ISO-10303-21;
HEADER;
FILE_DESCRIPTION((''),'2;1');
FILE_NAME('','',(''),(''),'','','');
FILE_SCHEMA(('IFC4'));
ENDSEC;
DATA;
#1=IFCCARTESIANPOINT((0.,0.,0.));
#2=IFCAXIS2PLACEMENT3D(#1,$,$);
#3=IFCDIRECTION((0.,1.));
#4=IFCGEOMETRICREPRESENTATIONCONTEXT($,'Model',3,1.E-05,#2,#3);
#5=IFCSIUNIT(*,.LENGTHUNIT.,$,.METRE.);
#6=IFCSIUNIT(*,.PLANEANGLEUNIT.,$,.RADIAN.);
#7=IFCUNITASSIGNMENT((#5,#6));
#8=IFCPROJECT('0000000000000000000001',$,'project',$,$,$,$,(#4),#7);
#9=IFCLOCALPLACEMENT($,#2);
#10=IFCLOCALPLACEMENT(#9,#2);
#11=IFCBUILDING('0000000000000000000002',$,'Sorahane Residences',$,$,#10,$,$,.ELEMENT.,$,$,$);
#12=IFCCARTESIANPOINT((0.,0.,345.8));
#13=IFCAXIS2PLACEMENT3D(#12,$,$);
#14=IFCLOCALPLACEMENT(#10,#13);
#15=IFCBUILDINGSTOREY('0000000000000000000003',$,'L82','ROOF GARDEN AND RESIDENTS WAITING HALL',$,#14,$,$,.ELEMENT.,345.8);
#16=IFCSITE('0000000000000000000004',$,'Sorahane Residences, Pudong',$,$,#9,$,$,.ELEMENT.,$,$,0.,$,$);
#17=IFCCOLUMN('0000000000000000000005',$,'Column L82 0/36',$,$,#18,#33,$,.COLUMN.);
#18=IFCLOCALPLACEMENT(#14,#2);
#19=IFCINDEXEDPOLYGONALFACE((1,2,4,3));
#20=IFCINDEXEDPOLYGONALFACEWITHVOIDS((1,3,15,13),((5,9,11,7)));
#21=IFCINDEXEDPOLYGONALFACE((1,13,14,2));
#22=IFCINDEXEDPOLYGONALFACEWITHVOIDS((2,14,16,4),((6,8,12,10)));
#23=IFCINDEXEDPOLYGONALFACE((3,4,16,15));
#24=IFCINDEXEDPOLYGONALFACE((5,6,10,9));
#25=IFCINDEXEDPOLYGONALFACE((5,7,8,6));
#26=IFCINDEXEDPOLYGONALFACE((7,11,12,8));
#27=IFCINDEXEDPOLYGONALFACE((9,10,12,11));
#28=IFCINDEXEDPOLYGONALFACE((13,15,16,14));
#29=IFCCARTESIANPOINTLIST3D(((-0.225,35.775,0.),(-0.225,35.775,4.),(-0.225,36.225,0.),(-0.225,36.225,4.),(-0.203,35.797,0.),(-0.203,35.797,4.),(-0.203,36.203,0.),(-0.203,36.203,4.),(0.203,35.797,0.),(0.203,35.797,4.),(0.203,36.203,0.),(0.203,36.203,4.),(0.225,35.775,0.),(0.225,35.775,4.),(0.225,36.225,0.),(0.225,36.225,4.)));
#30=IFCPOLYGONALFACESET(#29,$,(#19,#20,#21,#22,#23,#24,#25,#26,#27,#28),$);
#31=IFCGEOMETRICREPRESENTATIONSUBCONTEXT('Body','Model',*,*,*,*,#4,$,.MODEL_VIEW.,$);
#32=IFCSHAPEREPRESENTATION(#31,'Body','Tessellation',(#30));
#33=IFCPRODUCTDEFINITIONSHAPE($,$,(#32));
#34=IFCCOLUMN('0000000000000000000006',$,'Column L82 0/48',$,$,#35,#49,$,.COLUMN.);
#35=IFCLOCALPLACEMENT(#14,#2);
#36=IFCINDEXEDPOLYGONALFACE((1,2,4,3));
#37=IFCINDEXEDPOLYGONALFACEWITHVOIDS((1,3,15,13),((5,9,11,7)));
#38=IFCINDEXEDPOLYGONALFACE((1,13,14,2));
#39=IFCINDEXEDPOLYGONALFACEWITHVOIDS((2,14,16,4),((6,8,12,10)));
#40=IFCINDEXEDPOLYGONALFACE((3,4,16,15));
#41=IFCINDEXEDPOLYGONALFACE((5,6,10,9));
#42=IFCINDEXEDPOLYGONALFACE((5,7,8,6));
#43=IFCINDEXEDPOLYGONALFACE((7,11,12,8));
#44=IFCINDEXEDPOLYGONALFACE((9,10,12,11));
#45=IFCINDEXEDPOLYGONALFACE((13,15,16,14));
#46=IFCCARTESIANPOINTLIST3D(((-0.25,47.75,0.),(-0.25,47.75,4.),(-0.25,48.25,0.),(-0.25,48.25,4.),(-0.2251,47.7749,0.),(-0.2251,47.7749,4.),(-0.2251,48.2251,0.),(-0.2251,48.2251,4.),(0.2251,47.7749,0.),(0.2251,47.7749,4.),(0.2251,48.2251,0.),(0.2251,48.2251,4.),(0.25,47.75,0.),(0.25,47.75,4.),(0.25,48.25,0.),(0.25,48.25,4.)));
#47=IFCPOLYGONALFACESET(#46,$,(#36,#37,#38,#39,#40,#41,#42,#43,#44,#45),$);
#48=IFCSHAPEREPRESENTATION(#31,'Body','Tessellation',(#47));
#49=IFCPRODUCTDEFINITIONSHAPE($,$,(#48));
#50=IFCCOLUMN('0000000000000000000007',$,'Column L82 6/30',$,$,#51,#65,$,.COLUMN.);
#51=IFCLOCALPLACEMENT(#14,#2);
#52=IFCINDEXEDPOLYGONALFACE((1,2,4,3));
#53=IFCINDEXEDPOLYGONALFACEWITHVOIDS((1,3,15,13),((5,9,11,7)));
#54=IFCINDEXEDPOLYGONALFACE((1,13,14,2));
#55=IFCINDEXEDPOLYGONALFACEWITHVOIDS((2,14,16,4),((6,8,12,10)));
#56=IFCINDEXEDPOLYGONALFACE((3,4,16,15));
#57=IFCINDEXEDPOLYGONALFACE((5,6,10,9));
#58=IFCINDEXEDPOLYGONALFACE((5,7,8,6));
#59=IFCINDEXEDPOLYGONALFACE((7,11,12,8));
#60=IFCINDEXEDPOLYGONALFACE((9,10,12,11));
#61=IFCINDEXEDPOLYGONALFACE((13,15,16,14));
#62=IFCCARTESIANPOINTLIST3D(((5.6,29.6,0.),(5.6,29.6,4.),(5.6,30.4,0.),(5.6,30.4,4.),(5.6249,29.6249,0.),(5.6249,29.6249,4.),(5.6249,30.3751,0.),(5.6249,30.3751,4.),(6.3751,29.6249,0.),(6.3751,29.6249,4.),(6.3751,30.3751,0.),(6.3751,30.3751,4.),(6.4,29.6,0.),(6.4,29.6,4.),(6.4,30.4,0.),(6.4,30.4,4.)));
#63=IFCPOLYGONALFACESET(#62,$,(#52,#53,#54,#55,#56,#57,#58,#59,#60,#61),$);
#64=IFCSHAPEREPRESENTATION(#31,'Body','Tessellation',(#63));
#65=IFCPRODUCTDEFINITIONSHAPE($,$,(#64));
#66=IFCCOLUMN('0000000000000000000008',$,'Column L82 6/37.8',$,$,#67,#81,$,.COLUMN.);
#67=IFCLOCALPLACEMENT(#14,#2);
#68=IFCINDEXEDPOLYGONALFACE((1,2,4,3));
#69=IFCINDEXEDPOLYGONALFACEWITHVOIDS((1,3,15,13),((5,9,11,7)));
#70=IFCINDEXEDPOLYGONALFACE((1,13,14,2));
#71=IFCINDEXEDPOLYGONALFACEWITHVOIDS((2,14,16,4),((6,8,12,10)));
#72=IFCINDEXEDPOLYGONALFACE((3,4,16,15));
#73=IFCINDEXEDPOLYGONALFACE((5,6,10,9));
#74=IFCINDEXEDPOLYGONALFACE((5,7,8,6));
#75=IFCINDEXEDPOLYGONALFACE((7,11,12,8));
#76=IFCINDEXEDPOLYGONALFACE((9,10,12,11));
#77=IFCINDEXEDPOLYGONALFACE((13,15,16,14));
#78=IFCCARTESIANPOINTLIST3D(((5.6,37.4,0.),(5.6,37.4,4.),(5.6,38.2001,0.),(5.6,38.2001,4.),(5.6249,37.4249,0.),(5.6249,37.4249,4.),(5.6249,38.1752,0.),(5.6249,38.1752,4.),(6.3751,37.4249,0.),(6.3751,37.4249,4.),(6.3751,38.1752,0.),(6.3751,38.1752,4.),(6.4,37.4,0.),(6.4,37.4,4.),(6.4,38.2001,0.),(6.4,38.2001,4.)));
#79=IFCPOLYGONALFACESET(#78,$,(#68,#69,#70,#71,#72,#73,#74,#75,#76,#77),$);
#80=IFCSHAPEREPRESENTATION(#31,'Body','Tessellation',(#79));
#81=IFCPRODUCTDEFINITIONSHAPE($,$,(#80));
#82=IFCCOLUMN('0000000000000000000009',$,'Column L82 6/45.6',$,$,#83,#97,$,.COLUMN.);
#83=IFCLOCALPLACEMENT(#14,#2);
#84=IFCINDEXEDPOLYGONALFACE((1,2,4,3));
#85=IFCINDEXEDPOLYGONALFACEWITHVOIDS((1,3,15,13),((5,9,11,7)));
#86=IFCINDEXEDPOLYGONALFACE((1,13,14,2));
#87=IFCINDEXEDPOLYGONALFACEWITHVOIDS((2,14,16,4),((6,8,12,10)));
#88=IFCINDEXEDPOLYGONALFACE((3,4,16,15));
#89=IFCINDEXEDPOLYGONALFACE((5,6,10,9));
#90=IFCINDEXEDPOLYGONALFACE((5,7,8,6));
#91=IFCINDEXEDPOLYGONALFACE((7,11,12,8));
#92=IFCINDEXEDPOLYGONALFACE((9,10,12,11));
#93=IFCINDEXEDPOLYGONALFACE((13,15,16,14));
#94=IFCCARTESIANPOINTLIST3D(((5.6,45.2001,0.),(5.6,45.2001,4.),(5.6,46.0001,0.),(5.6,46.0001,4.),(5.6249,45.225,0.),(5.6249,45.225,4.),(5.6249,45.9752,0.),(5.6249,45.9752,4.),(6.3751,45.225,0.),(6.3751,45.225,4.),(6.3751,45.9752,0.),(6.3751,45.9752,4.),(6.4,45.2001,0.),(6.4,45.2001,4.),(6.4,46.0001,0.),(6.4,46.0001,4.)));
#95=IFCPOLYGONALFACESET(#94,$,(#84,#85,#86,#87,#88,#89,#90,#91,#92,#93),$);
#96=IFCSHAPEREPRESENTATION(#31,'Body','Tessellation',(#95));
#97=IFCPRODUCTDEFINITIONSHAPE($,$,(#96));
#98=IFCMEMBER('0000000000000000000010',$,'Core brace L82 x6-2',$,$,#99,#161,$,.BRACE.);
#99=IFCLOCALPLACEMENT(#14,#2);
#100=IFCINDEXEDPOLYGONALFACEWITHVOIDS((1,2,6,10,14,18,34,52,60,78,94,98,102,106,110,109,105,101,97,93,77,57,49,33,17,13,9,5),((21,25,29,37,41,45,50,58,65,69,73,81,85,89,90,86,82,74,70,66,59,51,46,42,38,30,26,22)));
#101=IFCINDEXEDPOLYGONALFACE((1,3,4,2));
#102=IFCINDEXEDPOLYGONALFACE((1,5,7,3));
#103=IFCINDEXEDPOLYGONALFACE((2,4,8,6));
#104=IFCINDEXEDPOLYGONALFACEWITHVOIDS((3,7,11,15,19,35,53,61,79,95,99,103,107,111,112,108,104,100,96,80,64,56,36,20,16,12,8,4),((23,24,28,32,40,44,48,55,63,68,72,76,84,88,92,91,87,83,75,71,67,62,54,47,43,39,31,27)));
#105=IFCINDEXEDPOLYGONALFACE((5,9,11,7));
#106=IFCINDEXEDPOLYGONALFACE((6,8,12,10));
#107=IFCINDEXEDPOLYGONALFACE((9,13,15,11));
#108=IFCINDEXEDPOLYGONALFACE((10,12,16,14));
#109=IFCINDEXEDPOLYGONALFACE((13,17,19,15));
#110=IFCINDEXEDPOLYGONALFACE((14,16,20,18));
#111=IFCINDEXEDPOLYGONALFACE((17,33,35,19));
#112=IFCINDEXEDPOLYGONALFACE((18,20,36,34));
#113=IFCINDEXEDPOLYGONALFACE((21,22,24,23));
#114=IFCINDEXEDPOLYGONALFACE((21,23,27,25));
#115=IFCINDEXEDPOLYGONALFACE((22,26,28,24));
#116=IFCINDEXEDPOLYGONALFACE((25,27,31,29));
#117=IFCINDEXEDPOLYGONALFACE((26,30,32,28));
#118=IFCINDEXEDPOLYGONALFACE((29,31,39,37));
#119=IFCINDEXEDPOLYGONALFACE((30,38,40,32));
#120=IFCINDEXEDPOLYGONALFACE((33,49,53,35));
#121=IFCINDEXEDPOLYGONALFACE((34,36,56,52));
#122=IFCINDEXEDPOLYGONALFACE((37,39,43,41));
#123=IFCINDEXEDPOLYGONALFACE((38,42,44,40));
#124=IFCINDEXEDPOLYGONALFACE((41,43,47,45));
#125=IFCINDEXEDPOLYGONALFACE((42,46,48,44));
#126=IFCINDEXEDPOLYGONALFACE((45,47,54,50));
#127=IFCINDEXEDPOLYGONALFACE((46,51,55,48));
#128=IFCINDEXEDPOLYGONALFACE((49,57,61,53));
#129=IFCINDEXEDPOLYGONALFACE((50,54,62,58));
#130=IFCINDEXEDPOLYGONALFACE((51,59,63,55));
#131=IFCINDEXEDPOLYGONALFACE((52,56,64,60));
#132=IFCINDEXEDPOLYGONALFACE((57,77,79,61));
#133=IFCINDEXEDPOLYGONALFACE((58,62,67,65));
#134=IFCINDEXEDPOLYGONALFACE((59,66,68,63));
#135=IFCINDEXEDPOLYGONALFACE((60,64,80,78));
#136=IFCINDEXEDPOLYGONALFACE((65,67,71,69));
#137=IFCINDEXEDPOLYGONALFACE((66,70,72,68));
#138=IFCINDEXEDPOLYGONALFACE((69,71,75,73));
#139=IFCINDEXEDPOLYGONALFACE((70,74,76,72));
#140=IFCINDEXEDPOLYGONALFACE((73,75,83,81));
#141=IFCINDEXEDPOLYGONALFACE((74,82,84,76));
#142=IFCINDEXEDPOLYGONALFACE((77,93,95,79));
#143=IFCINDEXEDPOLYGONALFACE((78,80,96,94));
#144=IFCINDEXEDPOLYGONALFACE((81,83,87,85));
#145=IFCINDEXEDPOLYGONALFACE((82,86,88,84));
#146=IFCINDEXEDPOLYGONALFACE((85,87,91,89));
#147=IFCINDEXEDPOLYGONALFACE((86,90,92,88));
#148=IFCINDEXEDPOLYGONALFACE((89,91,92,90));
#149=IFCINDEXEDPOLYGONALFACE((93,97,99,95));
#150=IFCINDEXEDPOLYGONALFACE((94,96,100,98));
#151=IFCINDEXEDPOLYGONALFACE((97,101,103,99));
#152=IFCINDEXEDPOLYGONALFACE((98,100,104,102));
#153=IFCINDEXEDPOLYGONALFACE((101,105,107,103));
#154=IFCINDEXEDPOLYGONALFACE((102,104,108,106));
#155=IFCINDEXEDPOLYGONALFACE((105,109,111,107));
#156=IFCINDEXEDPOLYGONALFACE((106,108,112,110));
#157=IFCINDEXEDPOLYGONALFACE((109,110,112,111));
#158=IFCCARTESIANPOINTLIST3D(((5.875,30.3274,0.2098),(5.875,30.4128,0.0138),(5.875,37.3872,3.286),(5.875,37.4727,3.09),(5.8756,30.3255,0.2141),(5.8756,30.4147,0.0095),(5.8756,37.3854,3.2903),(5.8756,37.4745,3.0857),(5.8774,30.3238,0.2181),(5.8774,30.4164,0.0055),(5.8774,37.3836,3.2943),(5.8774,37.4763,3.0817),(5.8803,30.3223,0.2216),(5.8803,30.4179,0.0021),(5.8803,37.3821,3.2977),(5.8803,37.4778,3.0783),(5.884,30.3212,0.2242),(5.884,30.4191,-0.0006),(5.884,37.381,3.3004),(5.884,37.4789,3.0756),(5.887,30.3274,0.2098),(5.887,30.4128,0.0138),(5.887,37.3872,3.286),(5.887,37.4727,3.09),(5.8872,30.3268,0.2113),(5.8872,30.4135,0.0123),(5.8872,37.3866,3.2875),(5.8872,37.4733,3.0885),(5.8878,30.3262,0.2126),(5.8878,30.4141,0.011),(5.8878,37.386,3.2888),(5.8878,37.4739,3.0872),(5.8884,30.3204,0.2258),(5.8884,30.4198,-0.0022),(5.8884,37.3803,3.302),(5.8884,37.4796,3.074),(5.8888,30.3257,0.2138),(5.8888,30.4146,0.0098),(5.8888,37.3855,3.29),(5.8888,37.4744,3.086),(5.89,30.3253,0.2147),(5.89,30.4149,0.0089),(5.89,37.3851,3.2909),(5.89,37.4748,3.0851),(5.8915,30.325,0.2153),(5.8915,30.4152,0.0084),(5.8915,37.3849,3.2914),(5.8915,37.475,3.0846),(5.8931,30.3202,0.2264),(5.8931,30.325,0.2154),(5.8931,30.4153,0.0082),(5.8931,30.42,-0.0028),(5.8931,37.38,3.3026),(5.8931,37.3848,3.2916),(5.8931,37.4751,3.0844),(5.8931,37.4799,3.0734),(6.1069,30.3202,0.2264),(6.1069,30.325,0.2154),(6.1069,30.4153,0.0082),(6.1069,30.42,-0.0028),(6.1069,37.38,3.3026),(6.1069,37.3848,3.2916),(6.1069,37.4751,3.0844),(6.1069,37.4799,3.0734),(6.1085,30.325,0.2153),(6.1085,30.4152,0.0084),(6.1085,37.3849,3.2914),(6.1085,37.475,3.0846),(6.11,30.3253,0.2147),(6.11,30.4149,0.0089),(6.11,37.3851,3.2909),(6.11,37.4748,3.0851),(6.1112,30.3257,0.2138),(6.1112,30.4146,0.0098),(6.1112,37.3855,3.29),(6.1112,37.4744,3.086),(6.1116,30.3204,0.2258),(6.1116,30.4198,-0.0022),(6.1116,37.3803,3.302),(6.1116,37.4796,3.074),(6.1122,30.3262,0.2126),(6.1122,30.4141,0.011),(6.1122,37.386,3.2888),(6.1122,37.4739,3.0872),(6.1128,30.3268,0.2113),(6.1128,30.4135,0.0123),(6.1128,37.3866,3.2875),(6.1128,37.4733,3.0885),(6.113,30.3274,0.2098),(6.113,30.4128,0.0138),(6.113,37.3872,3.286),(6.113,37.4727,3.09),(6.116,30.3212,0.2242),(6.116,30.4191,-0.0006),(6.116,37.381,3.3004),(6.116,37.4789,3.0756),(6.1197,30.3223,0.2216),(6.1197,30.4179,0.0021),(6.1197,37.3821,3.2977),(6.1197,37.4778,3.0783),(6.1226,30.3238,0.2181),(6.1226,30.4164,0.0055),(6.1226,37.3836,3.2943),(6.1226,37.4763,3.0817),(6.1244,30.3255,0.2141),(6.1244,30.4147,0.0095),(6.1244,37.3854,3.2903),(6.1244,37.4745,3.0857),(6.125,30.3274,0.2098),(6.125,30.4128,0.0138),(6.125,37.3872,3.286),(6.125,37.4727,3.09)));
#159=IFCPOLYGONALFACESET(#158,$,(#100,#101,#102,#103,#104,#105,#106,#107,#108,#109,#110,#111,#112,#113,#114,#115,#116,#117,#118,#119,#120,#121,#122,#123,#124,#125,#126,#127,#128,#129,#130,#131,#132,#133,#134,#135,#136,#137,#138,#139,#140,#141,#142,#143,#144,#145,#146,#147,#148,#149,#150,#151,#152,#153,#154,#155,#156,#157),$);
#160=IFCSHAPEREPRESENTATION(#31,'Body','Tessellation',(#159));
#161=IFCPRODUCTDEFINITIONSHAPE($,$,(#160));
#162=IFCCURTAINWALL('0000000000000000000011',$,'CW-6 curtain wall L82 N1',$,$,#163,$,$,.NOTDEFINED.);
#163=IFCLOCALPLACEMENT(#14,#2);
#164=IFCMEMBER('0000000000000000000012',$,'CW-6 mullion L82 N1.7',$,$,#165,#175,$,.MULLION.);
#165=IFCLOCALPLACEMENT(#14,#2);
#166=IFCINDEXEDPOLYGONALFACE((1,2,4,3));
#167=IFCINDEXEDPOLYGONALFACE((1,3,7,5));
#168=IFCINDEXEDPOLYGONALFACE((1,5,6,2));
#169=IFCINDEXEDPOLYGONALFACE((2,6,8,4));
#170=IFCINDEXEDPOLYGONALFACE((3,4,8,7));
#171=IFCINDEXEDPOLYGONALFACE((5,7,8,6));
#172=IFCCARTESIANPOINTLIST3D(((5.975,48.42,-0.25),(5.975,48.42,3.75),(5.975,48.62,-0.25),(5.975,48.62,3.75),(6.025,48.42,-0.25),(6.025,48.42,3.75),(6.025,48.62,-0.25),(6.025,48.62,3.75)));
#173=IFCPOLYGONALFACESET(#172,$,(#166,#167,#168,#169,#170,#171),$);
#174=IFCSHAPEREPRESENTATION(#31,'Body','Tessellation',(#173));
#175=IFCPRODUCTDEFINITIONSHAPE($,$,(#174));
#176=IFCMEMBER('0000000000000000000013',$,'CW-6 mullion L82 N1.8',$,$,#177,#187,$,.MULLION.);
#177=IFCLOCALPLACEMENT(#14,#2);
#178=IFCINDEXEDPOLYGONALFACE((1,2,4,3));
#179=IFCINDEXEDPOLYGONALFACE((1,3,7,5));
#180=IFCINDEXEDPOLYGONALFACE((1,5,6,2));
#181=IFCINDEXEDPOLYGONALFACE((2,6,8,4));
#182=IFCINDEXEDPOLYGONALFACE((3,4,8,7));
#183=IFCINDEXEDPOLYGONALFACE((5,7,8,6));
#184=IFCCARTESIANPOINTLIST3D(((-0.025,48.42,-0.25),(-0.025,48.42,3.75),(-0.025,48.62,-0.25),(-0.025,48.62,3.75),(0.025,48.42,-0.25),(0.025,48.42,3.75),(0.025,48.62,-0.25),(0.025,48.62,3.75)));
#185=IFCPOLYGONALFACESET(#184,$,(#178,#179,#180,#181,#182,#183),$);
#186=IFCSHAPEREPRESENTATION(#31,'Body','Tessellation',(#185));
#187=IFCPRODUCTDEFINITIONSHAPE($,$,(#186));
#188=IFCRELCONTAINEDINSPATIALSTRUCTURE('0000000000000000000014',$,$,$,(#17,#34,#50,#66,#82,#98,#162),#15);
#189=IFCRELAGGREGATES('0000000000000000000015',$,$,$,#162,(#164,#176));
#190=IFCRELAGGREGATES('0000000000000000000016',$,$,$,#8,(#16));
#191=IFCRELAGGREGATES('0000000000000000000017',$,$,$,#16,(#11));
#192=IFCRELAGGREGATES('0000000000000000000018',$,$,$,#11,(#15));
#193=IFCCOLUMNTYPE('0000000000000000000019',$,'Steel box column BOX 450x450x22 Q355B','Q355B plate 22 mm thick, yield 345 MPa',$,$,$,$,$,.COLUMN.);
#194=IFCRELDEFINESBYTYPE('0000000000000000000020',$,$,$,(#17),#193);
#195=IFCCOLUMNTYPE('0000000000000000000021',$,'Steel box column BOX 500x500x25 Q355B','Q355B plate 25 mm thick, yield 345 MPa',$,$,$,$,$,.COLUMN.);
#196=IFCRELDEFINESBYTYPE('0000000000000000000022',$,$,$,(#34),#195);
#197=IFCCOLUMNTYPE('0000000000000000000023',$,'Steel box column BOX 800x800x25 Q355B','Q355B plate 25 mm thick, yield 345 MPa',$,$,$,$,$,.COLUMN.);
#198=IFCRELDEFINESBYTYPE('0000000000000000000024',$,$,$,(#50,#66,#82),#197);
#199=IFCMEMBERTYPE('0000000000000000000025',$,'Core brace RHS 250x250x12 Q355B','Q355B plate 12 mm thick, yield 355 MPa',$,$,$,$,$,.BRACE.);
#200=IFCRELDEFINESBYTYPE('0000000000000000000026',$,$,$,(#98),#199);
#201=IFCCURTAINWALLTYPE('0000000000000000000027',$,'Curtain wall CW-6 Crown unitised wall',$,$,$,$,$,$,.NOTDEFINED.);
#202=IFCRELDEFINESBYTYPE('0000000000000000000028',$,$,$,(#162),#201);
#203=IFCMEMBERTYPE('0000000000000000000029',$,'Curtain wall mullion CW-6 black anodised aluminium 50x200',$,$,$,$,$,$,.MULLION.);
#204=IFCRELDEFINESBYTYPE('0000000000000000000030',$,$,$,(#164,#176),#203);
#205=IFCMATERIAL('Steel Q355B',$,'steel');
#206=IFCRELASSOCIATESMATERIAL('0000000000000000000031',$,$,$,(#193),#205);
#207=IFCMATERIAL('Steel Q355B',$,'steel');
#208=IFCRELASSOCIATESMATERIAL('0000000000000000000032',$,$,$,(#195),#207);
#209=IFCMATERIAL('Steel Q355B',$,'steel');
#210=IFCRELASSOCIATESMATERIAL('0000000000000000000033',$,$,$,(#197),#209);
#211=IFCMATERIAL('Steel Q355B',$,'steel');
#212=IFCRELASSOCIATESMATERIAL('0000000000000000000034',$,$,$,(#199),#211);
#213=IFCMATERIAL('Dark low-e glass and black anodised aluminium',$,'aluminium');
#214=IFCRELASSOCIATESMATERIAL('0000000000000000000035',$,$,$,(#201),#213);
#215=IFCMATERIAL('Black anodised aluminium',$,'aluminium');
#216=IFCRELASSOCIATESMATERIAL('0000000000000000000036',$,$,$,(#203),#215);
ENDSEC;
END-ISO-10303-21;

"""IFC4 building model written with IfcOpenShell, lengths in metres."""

from ifc_helpers import new_model, si_unit, direction, frame, origin, origin_2d, place, context, subcontext, project, spatial, rectangle, hollow_rectangle, extrude, material, material_profile, profile_set, type_object, element, aggregate, save


model = new_model("IFC4")

# Units and contexts
model_context = context("Model", 3, precision=1e-05, world=origin(), true_north=direction((0.0, 1.0)))
body_context = subcontext(model_context, "Body", "Model", "MODEL_VIEW")
ifc_project = project(units=[si_unit("LENGTHUNIT", "METRE"), si_unit("PLANEANGLEUNIT", "RADIAN")], contexts=[model_context])

# Site, building, storey
site_placement = place(None, origin())
site = spatial("IfcSite", under=ifc_project, at=site_placement, Name="Sorahane Residences, Pudong", CompositionType="ELEMENT", RefElevation=0.0)
building_placement = place(site_placement, origin())
building = spatial("IfcBuilding", under=site, at=building_placement, Name="Sorahane Residences", CompositionType="ELEMENT")
storey_placement = place(building_placement, frame((0.0, 0.0, 345.8)))
storey = spatial("IfcBuildingStorey", under=building, at=storey_placement, Name="L82", Description="ROOF GARDEN AND RESIDENTS WAITING HALL", CompositionType="ELEMENT", Elevation=345.8)

# Columns
ifc_material_1 = material(Name="Steel Q355B", Category="steel")
ifc_material_profile_1 = material_profile(ifc_material_1, hollow_rectangle(XDim=0.45, YDim=0.45, WallThickness=0.022, at=origin_2d()), Name="BOX 450x450x22")
ifc_profile_set_1 = profile_set([ifc_material_profile_1], Name="Steel Q355B")
column_type_1 = type_object("IfcColumnType", Name="Steel box column BOX 450x450x22 Q355B", Description="Q355B plate 22 mm thick, yield 345 MPa", PredefinedType="COLUMN", material=ifc_profile_set_1)
column_1_placement = place(storey_placement, frame((0.0, 36.0, 0.0), z_axis=(0.0, 0.0, 1.0), x_axis=(1.0, 0.0, 0.0)))
element("IfcColumn", 1, at=column_1_placement, inside=storey, type_object=column_type_1, Name="Column L82 0/36", PredefinedType="COLUMN", context=body_context, shape_type="SweptSolid", body=[
    extrude(hollow_rectangle(XDim=0.45, YDim=0.45, WallThickness=0.022, at=origin_2d()), origin(), (0.0, 0.0, 1.0), 4.0),
])
ifc_material_2 = material(Name="Steel Q355B", Category="steel")
ifc_material_profile_2 = material_profile(ifc_material_2, hollow_rectangle(XDim=0.5, YDim=0.5, WallThickness=0.0249, at=origin_2d()), Name="BOX 500x500x25")
ifc_profile_set_2 = profile_set([ifc_material_profile_2], Name="Steel Q355B")
column_type_2 = type_object("IfcColumnType", Name="Steel box column BOX 500x500x25 Q355B", Description="Q355B plate 25 mm thick, yield 345 MPa", PredefinedType="COLUMN", material=ifc_profile_set_2)
column_2_placement = place(storey_placement, frame((0.0, 48.0, 0.0), z_axis=(0.0, 0.0, 1.0), x_axis=(1.0, 0.0, 0.0)))
element("IfcColumn", 2, at=column_2_placement, inside=storey, type_object=column_type_2, Name="Column L82 0/48", PredefinedType="COLUMN", context=body_context, shape_type="SweptSolid", body=[
    extrude(hollow_rectangle(XDim=0.5, YDim=0.5, WallThickness=0.0249, at=origin_2d()), origin(), (0.0, 0.0, 1.0), 4.0),
])
ifc_material_3 = material(Name="Steel Q355B", Category="steel")
ifc_material_profile_3 = material_profile(ifc_material_3, hollow_rectangle(XDim=0.8, YDim=0.8, WallThickness=0.0249, at=origin_2d()), Name="BOX 800x800x25")
ifc_profile_set_3 = profile_set([ifc_material_profile_3], Name="Steel Q355B")
column_type_3 = type_object("IfcColumnType", Name="Steel box column BOX 800x800x25 Q355B", Description="Q355B plate 25 mm thick, yield 345 MPa", PredefinedType="COLUMN", material=ifc_profile_set_3)
for number, where, z_axis, x_axis, name in (
    (3, (6.0, 30.0, 0.0), (0.0, 0.0, 1.0), (1.0, 0.0, 0.0), "Column L82 6/30"),
    (4, (6.0, 37.8, 0.0), (0.0, 0.0, 1.0), (1.0, 0.0, 0.0), "Column L82 6/37.8"),
    (5, (6.0, 45.6001, 0.0), (0.0, 0.0, 1.0), (1.0, 0.0, 0.0), "Column L82 6/45.6"),
):
    element("IfcColumn", number, at=place(storey_placement, frame(where, z_axis=z_axis, x_axis=x_axis)), inside=storey, type_object=column_type_3, Name=name, PredefinedType="COLUMN", context=body_context, shape_type="SweptSolid", body=[
        extrude(hollow_rectangle(XDim=0.8, YDim=0.8, WallThickness=0.0249, at=origin_2d()), origin(), (0.0, 0.0, 1.0), 4.0),
    ])

# Member
ifc_material_4 = material(Name="Steel Q355B", Category="steel")
ifc_material_profile_4 = material_profile(ifc_material_4, hollow_rectangle(XDim=0.25, YDim=0.25, WallThickness=0.012, InnerFilletRadius=0.0061, OuterFilletRadius=0.0181, at=origin_2d()), Name="RHS 250x250x12")
ifc_profile_set_4 = profile_set([ifc_material_profile_4], Name="Steel Q355B")
member_type_1 = type_object("IfcMemberType", Name="Core brace RHS 250x250x12 Q355B", Description="Q355B plate 12 mm thick, yield 355 MPa", PredefinedType="BRACE", material=ifc_profile_set_4)
member_1_placement = place(storey_placement, frame((6.0, 30.3701, 0.1118), z_axis=(0.0, 0.916752, 0.399456), x_axis=(-1.0, 0.0, 0.0)))
element("IfcMember", 6, at=member_1_placement, inside=storey, type_object=member_type_1, Name="Core brace L82 x6-2", PredefinedType="BRACE", context=body_context, shape_type="SweptSolid", body=[
    extrude(hollow_rectangle(XDim=0.25, YDim=0.25, WallThickness=0.012, InnerFilletRadius=0.0061, OuterFilletRadius=0.0181, at=origin_2d()), origin(), (0.0, 0.0, 1.0), 7.7009),
])

# Curtain wall, members
ifc_material_5 = material(Name="Dark low-e glass and black anodised aluminium", Category="aluminium")
curtain_wall_type = type_object("IfcCurtainWallType", Name="Curtain wall CW-6 Crown unitised wall", PredefinedType="NOTDEFINED", material=ifc_material_5)
curtain_wall_1_placement = place(storey_placement, origin())
curtain_wall_1 = element("IfcCurtainWall", 7, at=curtain_wall_1_placement, inside=storey, type_object=curtain_wall_type, Name="CW-6 curtain wall L82 N1", PredefinedType="NOTDEFINED")
ifc_material_6 = material(Name="Black anodised aluminium", Category="aluminium")
ifc_material_profile_5 = material_profile(ifc_material_6, rectangle(XDim=0.2, YDim=0.05, at=origin_2d()), Name="Curtain wall mullion CW-6 black anodised aluminium 50x200")
ifc_profile_set_5 = profile_set([ifc_material_profile_5], Name="Black anodised aluminium")
member_type_2 = type_object("IfcMemberType", Name="Curtain wall mullion CW-6 black anodised aluminium 50x200", PredefinedType="MULLION", material=ifc_profile_set_5)
member_2_placement = place(storey_placement, frame((6.0, 48.52, -0.25), z_axis=(0.0, 0.0, 1.0), x_axis=(0.0, 1.0, 0.0)))
member_2 = element("IfcMember", 8, at=member_2_placement, type_object=member_type_2, Name="CW-6 mullion L82 N1.7", PredefinedType="MULLION", context=body_context, shape_type="SweptSolid", body=[
    extrude(rectangle(XDim=0.2, YDim=0.05, at=origin_2d()), origin(), (0.0, 0.0, 1.0), 4.0),
])
member_3_placement = place(storey_placement, frame((0.0, 48.52, -0.25), z_axis=(0.0, 0.0, 1.0), x_axis=(0.0, 1.0, 0.0)))
member_3 = element("IfcMember", 9, at=member_3_placement, type_object=member_type_2, Name="CW-6 mullion L82 N1.8", PredefinedType="MULLION", context=body_context, shape_type="SweptSolid", body=[
    extrude(rectangle(XDim=0.2, YDim=0.05, at=origin_2d()), origin(), (0.0, 0.0, 1.0), 4.0),
])

aggregate(curtain_wall_1, [member_2, member_3])

save(model, "model.ifc")
